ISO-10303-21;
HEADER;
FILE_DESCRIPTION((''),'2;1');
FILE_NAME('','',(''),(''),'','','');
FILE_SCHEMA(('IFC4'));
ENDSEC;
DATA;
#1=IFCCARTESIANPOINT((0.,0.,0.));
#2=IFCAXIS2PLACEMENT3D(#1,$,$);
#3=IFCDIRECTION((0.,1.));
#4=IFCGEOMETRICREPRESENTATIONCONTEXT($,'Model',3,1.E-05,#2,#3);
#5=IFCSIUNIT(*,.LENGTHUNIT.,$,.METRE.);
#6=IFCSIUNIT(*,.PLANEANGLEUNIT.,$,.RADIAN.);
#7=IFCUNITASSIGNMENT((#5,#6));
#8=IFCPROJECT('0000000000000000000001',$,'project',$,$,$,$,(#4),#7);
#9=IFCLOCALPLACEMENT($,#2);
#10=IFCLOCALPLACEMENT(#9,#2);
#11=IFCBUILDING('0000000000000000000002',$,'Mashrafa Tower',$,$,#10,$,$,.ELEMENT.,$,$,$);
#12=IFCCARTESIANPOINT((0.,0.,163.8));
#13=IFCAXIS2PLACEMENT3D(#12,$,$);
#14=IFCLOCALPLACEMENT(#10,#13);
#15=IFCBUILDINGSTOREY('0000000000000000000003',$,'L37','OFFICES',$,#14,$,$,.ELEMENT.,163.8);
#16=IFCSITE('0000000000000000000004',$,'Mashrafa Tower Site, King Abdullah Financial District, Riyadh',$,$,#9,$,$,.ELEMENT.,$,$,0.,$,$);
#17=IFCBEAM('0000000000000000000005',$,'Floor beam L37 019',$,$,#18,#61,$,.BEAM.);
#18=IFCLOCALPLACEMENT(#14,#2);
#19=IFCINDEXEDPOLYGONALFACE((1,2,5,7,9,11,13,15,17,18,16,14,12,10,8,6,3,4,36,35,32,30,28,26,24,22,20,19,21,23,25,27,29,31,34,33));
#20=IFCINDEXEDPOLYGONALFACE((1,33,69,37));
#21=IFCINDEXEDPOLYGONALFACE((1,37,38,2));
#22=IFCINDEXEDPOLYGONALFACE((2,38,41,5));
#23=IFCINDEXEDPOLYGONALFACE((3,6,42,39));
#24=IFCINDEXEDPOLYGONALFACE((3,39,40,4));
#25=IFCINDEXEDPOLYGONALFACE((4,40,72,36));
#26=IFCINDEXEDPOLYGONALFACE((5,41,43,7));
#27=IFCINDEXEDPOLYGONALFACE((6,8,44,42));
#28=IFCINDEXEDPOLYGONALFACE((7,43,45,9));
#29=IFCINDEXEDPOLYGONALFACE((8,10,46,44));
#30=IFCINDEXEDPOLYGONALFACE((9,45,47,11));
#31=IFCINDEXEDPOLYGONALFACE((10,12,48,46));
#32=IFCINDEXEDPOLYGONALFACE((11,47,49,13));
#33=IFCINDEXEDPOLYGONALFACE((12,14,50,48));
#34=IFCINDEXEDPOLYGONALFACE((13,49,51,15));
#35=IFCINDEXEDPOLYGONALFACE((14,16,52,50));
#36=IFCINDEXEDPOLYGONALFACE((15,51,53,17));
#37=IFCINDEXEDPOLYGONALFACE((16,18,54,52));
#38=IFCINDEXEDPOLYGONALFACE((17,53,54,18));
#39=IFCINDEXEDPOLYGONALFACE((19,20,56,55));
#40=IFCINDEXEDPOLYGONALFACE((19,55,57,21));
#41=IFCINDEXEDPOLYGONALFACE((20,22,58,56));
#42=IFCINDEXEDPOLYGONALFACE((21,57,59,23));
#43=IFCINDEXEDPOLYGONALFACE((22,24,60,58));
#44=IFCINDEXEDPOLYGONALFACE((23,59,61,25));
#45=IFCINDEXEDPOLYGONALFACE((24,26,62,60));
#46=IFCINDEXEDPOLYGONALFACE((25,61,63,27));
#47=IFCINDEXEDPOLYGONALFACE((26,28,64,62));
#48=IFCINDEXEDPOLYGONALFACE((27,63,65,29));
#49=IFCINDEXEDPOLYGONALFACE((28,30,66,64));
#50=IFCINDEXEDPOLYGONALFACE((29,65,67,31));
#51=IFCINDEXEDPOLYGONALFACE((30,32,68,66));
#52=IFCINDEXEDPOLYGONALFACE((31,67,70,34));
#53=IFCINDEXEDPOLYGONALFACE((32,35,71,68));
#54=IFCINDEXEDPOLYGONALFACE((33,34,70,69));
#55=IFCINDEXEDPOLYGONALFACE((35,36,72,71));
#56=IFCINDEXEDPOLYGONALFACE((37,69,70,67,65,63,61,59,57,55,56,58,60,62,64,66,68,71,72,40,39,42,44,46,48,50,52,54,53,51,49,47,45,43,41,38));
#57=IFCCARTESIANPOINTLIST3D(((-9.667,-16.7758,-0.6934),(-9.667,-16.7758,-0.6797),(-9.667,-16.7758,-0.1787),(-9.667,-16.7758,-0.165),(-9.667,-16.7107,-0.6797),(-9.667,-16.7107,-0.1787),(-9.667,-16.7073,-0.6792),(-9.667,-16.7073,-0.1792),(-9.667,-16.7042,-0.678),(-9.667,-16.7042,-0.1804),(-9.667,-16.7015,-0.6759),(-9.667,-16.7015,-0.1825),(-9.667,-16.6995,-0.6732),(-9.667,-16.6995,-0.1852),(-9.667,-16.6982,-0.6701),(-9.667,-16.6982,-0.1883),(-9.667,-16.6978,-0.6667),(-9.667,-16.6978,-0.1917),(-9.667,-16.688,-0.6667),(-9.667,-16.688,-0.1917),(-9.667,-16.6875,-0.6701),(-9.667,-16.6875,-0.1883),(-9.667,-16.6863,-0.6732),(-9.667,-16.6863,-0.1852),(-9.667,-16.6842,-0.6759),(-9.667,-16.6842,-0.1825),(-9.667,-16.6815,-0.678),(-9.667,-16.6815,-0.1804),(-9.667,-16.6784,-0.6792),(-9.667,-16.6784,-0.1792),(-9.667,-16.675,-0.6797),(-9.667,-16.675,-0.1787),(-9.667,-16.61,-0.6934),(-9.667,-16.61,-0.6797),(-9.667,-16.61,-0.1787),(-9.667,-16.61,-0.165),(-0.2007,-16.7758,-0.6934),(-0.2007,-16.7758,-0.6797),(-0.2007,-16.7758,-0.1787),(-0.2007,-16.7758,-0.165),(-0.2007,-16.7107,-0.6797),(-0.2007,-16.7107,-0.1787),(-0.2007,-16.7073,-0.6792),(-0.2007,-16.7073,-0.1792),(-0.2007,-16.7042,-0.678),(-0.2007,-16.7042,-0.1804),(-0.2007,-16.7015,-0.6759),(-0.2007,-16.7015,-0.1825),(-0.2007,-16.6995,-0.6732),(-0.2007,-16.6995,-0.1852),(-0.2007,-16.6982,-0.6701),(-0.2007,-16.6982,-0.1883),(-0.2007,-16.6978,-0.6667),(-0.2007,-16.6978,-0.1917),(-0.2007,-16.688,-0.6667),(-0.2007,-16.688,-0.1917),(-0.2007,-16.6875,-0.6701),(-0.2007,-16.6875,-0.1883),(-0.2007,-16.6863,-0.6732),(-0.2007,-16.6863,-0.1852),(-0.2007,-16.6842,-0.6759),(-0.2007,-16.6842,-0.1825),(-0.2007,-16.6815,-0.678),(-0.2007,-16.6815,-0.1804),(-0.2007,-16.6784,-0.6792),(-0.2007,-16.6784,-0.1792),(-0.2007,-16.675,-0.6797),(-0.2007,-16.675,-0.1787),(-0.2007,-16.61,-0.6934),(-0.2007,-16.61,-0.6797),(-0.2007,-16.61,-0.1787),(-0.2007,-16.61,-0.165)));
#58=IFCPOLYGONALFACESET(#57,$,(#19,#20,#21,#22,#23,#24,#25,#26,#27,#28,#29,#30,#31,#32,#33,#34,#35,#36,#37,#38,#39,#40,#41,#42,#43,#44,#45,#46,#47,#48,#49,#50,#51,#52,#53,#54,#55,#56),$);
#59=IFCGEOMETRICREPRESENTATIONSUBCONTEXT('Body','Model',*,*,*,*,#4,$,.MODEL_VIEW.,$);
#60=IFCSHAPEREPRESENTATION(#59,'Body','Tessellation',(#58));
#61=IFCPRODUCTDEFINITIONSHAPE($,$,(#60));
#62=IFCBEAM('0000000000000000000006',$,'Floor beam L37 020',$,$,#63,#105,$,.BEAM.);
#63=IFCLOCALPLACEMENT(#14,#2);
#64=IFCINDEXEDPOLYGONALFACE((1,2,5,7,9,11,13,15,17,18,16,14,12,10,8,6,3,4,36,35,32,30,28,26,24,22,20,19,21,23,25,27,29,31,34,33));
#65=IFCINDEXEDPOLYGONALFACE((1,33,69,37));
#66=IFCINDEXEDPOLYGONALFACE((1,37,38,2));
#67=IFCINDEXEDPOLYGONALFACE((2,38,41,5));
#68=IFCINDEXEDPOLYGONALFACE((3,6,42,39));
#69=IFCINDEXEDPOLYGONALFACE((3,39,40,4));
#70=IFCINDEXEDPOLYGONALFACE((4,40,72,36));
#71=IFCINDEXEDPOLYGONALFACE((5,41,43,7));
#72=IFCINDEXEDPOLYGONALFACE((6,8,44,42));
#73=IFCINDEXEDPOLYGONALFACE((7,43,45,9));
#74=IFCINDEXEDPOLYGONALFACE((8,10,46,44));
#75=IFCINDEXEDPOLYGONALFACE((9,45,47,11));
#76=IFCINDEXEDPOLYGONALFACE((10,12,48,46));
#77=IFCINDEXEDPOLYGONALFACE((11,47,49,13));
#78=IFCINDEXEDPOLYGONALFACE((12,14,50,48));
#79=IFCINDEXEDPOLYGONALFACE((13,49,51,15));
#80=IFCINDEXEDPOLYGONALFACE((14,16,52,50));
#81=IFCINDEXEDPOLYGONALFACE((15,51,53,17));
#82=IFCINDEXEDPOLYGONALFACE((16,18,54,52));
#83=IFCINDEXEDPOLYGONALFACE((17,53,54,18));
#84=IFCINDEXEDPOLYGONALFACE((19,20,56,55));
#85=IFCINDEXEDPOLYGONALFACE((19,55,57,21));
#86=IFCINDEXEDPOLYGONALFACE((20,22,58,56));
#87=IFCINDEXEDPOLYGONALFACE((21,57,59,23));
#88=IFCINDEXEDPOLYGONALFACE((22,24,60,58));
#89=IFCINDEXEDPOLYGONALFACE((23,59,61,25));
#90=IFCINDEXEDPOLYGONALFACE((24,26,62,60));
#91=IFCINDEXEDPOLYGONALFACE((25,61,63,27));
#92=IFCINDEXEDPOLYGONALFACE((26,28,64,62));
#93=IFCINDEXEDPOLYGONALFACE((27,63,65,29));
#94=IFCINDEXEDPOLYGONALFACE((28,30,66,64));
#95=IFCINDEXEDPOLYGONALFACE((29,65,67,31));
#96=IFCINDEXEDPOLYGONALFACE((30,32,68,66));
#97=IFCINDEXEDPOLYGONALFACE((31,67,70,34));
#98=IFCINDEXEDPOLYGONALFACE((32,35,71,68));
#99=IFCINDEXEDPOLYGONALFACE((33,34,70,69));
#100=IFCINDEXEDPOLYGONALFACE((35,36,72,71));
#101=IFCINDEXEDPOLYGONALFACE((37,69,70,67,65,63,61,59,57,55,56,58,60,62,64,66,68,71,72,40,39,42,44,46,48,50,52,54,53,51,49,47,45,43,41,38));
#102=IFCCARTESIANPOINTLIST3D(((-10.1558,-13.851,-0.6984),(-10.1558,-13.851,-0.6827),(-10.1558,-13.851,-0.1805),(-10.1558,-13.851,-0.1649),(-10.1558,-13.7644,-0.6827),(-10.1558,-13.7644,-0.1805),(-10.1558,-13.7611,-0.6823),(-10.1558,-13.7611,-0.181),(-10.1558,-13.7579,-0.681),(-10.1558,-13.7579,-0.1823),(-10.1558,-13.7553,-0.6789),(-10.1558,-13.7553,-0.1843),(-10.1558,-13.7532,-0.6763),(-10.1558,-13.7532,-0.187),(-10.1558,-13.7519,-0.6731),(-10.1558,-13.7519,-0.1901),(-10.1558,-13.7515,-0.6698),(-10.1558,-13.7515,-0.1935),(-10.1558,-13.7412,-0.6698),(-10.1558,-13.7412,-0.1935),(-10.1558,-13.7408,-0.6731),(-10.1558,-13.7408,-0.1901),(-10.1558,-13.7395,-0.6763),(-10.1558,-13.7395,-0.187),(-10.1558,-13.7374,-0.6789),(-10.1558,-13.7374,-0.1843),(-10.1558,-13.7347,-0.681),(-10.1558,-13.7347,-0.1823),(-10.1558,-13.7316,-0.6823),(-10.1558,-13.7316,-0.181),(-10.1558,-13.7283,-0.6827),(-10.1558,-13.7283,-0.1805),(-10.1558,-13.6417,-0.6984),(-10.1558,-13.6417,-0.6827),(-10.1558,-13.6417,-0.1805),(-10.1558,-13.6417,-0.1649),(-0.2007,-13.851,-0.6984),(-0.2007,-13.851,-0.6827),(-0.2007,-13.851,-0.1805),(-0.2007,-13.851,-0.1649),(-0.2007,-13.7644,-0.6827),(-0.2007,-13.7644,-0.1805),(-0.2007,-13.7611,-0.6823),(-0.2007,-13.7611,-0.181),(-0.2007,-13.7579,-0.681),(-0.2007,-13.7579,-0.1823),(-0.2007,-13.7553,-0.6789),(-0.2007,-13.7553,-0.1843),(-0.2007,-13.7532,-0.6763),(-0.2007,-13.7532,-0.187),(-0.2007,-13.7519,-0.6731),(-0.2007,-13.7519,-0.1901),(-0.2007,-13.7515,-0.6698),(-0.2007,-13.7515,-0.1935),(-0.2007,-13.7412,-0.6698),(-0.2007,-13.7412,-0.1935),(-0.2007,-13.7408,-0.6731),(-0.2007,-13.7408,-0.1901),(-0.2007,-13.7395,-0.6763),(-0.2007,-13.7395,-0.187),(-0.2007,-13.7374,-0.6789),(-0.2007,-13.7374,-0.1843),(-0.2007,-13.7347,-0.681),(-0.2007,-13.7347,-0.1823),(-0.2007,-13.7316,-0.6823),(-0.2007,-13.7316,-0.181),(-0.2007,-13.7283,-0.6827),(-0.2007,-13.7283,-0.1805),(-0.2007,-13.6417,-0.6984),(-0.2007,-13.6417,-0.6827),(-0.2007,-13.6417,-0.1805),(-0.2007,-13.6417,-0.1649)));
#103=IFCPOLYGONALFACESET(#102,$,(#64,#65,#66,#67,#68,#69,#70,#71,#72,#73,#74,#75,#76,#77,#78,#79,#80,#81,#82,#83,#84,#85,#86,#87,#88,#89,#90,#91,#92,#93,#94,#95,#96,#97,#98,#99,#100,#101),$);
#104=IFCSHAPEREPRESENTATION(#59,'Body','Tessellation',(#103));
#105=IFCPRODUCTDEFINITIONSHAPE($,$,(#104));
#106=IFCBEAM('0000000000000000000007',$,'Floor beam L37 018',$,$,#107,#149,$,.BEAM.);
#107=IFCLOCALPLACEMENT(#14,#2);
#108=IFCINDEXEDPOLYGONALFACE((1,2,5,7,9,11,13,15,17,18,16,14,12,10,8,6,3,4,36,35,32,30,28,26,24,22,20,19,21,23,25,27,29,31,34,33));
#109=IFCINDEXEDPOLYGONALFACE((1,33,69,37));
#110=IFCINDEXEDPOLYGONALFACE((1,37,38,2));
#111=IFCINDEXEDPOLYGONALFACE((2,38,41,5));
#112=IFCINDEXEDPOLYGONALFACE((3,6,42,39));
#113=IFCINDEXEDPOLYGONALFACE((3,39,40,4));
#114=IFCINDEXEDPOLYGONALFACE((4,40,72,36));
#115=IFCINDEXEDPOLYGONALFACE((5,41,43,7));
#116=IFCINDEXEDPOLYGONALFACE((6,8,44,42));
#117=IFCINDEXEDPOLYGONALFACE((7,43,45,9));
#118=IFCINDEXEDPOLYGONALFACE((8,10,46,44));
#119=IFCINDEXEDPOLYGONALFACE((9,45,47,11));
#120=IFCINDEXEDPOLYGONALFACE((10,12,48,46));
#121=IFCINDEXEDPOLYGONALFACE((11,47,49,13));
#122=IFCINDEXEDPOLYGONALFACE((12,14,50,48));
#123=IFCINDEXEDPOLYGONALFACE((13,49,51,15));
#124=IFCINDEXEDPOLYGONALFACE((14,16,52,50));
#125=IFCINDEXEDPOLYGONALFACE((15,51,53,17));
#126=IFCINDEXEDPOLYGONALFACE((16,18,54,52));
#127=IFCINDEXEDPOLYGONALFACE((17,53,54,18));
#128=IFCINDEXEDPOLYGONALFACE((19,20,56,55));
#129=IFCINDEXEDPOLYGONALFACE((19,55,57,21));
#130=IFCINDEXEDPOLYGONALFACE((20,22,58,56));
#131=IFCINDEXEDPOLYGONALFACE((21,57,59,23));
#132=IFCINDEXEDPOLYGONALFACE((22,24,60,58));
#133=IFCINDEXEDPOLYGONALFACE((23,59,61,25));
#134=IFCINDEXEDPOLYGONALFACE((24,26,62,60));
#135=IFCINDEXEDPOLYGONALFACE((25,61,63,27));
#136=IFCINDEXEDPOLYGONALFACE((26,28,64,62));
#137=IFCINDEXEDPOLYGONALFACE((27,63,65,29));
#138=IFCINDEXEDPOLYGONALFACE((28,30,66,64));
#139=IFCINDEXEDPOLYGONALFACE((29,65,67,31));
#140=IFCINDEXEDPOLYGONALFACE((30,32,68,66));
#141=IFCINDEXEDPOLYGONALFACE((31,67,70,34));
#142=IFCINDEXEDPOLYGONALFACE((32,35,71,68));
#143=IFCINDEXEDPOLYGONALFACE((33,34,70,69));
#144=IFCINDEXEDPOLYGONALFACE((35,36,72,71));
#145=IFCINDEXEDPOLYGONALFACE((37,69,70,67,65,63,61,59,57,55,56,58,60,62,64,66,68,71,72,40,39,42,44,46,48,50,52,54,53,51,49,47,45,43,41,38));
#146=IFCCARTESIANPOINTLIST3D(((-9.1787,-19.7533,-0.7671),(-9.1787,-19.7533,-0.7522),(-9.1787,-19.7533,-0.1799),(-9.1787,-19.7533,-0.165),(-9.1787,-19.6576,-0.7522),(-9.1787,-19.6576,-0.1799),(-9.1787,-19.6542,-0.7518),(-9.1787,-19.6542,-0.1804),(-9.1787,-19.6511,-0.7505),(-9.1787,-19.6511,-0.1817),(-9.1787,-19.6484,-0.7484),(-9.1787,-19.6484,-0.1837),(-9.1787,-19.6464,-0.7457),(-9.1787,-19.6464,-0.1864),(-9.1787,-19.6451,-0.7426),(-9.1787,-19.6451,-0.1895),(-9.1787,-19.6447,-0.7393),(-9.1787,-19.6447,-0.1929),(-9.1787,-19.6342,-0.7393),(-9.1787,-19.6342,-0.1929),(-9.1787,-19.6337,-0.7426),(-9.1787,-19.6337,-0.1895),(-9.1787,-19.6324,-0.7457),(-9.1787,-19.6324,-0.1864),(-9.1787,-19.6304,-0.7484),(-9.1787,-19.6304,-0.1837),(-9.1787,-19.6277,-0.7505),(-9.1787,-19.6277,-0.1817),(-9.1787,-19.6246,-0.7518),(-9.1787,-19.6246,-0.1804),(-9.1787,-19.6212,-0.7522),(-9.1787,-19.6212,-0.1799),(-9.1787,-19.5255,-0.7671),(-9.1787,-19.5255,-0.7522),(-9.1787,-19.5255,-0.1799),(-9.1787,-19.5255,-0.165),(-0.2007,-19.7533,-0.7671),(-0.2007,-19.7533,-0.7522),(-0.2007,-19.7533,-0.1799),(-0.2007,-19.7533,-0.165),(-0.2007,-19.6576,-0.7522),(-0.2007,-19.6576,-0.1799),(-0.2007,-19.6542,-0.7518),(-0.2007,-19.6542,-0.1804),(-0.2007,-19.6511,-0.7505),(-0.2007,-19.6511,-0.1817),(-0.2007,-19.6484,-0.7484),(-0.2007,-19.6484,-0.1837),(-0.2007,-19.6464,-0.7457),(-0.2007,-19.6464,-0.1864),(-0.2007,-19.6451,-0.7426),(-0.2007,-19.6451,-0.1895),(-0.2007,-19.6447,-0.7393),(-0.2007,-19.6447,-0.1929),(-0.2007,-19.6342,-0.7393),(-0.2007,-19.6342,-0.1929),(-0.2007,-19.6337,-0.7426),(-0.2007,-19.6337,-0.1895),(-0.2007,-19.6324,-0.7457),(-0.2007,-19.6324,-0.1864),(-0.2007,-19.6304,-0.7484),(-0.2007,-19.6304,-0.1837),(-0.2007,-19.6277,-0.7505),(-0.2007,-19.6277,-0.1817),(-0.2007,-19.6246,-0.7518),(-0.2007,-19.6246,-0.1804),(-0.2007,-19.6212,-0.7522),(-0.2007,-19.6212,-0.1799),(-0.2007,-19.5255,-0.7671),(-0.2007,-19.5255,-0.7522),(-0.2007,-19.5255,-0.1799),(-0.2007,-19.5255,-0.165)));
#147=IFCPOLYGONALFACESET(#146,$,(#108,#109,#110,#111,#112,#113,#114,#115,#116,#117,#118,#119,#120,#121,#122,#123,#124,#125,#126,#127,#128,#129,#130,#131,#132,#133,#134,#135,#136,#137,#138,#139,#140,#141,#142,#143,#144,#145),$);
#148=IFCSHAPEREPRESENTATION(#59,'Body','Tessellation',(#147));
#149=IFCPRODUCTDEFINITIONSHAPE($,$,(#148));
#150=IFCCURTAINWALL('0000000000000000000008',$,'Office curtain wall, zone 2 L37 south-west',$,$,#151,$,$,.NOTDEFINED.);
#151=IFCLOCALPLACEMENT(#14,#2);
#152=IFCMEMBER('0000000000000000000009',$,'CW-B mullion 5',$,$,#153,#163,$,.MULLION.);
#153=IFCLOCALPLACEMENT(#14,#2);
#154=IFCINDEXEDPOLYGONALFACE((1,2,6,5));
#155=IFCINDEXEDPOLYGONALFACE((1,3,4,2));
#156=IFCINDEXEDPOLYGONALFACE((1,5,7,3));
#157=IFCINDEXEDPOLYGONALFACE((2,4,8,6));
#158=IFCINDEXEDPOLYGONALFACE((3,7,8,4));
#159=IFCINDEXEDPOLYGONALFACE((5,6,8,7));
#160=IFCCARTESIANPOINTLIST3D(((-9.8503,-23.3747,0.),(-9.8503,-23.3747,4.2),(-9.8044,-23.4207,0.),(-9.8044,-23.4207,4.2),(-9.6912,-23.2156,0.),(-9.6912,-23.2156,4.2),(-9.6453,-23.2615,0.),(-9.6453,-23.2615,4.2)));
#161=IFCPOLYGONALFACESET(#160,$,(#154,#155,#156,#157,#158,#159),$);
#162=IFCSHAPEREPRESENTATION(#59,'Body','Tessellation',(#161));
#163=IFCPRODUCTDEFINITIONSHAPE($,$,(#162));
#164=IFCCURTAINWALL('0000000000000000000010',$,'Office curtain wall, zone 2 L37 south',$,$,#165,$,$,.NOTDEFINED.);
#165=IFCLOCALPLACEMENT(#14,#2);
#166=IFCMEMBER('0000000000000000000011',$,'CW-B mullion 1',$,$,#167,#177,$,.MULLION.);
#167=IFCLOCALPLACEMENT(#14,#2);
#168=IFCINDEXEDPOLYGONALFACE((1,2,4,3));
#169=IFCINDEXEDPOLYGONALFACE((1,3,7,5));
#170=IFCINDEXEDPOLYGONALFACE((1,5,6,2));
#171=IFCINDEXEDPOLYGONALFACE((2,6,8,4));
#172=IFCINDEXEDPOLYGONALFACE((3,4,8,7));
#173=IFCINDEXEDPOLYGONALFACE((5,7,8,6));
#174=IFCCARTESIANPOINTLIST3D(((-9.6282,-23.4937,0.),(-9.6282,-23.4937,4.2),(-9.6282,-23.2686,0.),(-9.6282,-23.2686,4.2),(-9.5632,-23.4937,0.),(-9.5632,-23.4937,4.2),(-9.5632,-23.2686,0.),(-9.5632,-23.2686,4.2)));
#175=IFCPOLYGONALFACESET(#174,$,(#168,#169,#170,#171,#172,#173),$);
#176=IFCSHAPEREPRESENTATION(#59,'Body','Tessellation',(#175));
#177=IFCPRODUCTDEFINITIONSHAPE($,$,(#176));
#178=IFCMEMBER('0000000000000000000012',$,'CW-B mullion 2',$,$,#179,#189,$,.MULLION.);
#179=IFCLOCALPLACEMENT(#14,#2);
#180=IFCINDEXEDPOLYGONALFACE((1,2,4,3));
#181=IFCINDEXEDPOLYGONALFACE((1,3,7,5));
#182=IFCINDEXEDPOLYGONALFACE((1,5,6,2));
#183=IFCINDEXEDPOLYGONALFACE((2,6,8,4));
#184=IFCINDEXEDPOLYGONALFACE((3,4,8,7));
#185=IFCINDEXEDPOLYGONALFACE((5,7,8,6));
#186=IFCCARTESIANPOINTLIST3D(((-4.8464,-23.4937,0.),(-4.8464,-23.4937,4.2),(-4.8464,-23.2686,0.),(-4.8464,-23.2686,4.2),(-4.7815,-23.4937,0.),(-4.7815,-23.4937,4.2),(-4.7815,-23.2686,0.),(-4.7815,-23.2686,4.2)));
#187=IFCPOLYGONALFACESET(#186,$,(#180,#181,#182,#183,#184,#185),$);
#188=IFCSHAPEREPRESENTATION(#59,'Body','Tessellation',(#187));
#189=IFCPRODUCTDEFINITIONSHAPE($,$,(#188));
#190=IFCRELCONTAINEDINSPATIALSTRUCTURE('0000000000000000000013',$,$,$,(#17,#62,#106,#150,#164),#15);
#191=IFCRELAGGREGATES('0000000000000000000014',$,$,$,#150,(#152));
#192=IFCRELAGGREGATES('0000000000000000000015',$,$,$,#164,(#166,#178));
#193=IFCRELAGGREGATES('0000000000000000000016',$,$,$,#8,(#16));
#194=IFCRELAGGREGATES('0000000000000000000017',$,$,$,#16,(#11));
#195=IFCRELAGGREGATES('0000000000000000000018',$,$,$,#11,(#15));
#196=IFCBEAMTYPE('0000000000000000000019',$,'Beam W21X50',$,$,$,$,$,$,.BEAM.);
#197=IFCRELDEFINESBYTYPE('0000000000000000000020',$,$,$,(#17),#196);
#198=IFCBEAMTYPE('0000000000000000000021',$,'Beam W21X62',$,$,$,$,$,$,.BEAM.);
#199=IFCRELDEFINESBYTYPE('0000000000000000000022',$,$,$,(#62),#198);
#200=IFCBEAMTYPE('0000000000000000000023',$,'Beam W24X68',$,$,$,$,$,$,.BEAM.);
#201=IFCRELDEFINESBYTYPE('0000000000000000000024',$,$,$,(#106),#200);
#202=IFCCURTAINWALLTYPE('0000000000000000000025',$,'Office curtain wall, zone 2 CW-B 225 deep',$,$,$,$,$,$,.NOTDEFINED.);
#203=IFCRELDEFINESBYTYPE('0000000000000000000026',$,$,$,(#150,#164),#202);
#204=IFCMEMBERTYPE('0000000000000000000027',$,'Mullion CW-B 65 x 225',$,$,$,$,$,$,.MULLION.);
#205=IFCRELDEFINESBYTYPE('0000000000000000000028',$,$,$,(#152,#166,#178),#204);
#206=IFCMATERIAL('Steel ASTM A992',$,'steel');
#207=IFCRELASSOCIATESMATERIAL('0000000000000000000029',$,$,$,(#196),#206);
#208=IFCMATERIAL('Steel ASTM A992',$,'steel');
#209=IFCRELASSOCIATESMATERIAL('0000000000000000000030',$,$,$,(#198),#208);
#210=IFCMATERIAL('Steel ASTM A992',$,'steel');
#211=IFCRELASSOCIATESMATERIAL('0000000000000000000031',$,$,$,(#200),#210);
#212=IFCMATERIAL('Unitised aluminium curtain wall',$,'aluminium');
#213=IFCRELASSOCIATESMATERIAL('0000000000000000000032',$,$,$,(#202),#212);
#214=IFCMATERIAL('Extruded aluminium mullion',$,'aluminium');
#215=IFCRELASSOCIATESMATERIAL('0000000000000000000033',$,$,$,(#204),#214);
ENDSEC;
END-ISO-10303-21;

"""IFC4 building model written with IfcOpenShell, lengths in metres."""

from ifc_helpers import new_model, si_unit, direction, frame, origin, origin_2d, place, context, subcontext, project, spatial, rectangle, i_section, extrude, source, transform, mapped, material, material_profile, profile_set, type_object, type_shapes, element, aggregate, save


model = new_model("IFC4")

# Units and contexts
model_context = context("Model", 3, precision=1e-05, world=origin(), true_north=direction((0.0, 1.0)))
body_context = subcontext(model_context, "Body", "Model", "MODEL_VIEW")
ifc_project = project(units=[si_unit("LENGTHUNIT", "METRE"), si_unit("PLANEANGLEUNIT", "RADIAN")], contexts=[model_context])

# Site, building, storey
site_placement = place(None, origin())
site = spatial("IfcSite", under=ifc_project, at=site_placement, Name="Mashrafa Tower Site, King Abdullah Financial District, Riyadh", CompositionType="ELEMENT", RefElevation=0.0)
building_placement = place(site_placement, origin())
building = spatial("IfcBuilding", under=site, at=building_placement, Name="Mashrafa Tower", CompositionType="ELEMENT")
storey_placement = place(building_placement, frame((0.0, 0.0, 163.8)))
storey = spatial("IfcBuildingStorey", under=building, at=storey_placement, Name="L37", Description="OFFICES", CompositionType="ELEMENT", Elevation=163.8)

# Beams
ifc_material_1 = material(Name="Steel ASTM A992", Category="steel")
ifc_material_profile_1 = material_profile(ifc_material_1, i_section(OverallWidth=0.1658, OverallDepth=0.5283, WebThickness=0.0098, FlangeThickness=0.0137, FilletRadius=0.0129, at=origin_2d()), Name="W21X50")
ifc_profile_set_1 = profile_set([ifc_material_profile_1], Name="Steel ASTM A992")
beam_type_1 = type_object("IfcBeamType", Name="Beam W21X50", PredefinedType="BEAM", material=ifc_profile_set_1)
beam_1_placement = place(storey_placement, frame((-0.2007, -16.6929, -0.4292), z_axis=(-1.0, 0.0, 0.0), x_axis=(0.0, -1.0, 0.0)))
element("IfcBeam", 1, at=beam_1_placement, inside=storey, type_object=beam_type_1, Name="Floor beam L37 019", PredefinedType="BEAM", context=body_context, shape_type="SweptSolid", body=[
    extrude(i_section(OverallWidth=0.1658, OverallDepth=0.5283, WebThickness=0.0098, FlangeThickness=0.0137, FilletRadius=0.0129, at=origin_2d()), origin(), (0.0, 0.0, 1.0), 9.4663),
])
ifc_material_2 = material(Name="Steel ASTM A992", Category="steel")
ifc_material_profile_2 = material_profile(ifc_material_2, i_section(OverallWidth=0.2092, OverallDepth=0.5334, WebThickness=0.0103, FlangeThickness=0.0156, FilletRadius=0.0129, at=origin_2d()), Name="W21X62")
ifc_profile_set_2 = profile_set([ifc_material_profile_2], Name="Steel ASTM A992")
beam_type_2 = type_object("IfcBeamType", Name="Beam W21X62", PredefinedType="BEAM", material=ifc_profile_set_2)
beam_2_placement = place(storey_placement, frame((-0.2007, -13.7463, -0.4316), z_axis=(-1.0, 0.0, 0.0), x_axis=(0.0, -1.0, 0.0)))
element("IfcBeam", 2, at=beam_2_placement, inside=storey, type_object=beam_type_2, Name="Floor beam L37 020", PredefinedType="BEAM", context=body_context, shape_type="SweptSolid", body=[
    extrude(i_section(OverallWidth=0.2092, OverallDepth=0.5334, WebThickness=0.0103, FlangeThickness=0.0156, FilletRadius=0.0129, at=origin_2d()), origin(), (0.0, 0.0, 1.0), 9.9551),
])
ifc_material_3 = material(Name="Steel ASTM A992", Category="steel")
ifc_material_profile_3 = material_profile(ifc_material_3, i_section(OverallWidth=0.2278, OverallDepth=0.6021, WebThickness=0.0105, FlangeThickness=0.0149, FilletRadius=0.0129, at=origin_2d()), Name="W24X68")
ifc_profile_set_3 = profile_set([ifc_material_profile_3], Name="Steel ASTM A992")
beam_type_3 = type_object("IfcBeamType", Name="Beam W24X68", PredefinedType="BEAM", material=ifc_profile_set_3)
beam_3_placement = place(storey_placement, frame((-0.2007, -19.6394, -0.4661), z_axis=(-1.0, 0.0, 0.0), x_axis=(0.0, -1.0, 0.0)))
element("IfcBeam", 3, at=beam_3_placement, inside=storey, type_object=beam_type_3, Name="Floor beam L37 018", PredefinedType="BEAM", context=body_context, shape_type="SweptSolid", body=[
    extrude(i_section(OverallWidth=0.2278, OverallDepth=0.6021, WebThickness=0.0105, FlangeThickness=0.0149, FilletRadius=0.0129, at=origin_2d()), origin(), (0.0, 0.0, 1.0), 8.978),
])

# Curtain wall, member
ifc_material_4 = material(Name="Unitised aluminium curtain wall", Category="aluminium")
curtain_wall_type = type_object("IfcCurtainWallType", Name="Office curtain wall, zone 2 CW-B 225 deep", PredefinedType="NOTDEFINED", material=ifc_material_4)
curtain_wall_1_placement = place(storey_placement, origin())
curtain_wall_1 = element("IfcCurtainWall", 4, at=curtain_wall_1_placement, inside=storey, type_object=curtain_wall_type, Name="Office curtain wall, zone 2 L37 south-west", PredefinedType="NOTDEFINED")
ifc_material_5 = material(Name="Extruded aluminium mullion", Category="aluminium")
ifc_material_profile_4 = material_profile(ifc_material_5, rectangle(XDim=0.2251, YDim=0.0649, at=origin_2d()), Name="Mullion 65x225")
ifc_profile_set_4 = profile_set([ifc_material_profile_4], Name="Extruded aluminium mullion")
member_type_1 = type_object("IfcMemberType", Name="Mullion CW-B 65 x 225", PredefinedType="MULLION", material=ifc_profile_set_4)
shared_shape_1 = source(origin(), body_context, "Body", "SweptSolid", [
    extrude(rectangle(XDim=0.2251, YDim=0.0649, at=origin_2d()), origin(), (0.0, 0.0, 1.0), 4.2),
])
type_shapes(member_type_1, [shared_shape_1])
member_1_placement = place(storey_placement, frame((-9.7478, -23.3181, 0.0), z_axis=(0.0, 0.0, 1.0), x_axis=(0.707107, 0.707107, 0.0)))
member_1 = element("IfcMember", 5, at=member_1_placement, type_object=member_type_1, Name="CW-B mullion 5", PredefinedType="MULLION", context=body_context, shape_type="MappedRepresentation", body=[
    mapped(shared_shape_1, transform((0.0, 0.0, 0.0))),
])

# Curtain wall, members
curtain_wall_2_placement = place(storey_placement, origin())
curtain_wall_2 = element("IfcCurtainWall", 6, at=curtain_wall_2_placement, inside=storey, type_object=curtain_wall_type, Name="Office curtain wall, zone 2 L37 south", PredefinedType="NOTDEFINED")
member_2_placement = place(storey_placement, frame((-9.5957, -23.3811, 0.0), z_axis=(0.0, 0.0, 1.0), x_axis=(0.0, 1.0, 0.0)))
member_2 = element("IfcMember", 7, at=member_2_placement, type_object=member_type_1, Name="CW-B mullion 1", PredefinedType="MULLION", context=body_context, shape_type="MappedRepresentation", body=[
    mapped(shared_shape_1, transform((0.0, 0.0, 0.0))),
])
member_3_placement = place(storey_placement, frame((-4.814, -23.3811, 0.0), z_axis=(0.0, 0.0, 1.0), x_axis=(0.0, 1.0, 0.0)))
member_3 = element("IfcMember", 8, at=member_3_placement, type_object=member_type_1, Name="CW-B mullion 2", PredefinedType="MULLION", context=body_context, shape_type="MappedRepresentation", body=[
    mapped(shared_shape_1, transform((0.0, 0.0, 0.0))),
])

aggregate(curtain_wall_1, [member_1])
aggregate(curtain_wall_2, [member_2, member_3])

save(model, "model.ifc")
